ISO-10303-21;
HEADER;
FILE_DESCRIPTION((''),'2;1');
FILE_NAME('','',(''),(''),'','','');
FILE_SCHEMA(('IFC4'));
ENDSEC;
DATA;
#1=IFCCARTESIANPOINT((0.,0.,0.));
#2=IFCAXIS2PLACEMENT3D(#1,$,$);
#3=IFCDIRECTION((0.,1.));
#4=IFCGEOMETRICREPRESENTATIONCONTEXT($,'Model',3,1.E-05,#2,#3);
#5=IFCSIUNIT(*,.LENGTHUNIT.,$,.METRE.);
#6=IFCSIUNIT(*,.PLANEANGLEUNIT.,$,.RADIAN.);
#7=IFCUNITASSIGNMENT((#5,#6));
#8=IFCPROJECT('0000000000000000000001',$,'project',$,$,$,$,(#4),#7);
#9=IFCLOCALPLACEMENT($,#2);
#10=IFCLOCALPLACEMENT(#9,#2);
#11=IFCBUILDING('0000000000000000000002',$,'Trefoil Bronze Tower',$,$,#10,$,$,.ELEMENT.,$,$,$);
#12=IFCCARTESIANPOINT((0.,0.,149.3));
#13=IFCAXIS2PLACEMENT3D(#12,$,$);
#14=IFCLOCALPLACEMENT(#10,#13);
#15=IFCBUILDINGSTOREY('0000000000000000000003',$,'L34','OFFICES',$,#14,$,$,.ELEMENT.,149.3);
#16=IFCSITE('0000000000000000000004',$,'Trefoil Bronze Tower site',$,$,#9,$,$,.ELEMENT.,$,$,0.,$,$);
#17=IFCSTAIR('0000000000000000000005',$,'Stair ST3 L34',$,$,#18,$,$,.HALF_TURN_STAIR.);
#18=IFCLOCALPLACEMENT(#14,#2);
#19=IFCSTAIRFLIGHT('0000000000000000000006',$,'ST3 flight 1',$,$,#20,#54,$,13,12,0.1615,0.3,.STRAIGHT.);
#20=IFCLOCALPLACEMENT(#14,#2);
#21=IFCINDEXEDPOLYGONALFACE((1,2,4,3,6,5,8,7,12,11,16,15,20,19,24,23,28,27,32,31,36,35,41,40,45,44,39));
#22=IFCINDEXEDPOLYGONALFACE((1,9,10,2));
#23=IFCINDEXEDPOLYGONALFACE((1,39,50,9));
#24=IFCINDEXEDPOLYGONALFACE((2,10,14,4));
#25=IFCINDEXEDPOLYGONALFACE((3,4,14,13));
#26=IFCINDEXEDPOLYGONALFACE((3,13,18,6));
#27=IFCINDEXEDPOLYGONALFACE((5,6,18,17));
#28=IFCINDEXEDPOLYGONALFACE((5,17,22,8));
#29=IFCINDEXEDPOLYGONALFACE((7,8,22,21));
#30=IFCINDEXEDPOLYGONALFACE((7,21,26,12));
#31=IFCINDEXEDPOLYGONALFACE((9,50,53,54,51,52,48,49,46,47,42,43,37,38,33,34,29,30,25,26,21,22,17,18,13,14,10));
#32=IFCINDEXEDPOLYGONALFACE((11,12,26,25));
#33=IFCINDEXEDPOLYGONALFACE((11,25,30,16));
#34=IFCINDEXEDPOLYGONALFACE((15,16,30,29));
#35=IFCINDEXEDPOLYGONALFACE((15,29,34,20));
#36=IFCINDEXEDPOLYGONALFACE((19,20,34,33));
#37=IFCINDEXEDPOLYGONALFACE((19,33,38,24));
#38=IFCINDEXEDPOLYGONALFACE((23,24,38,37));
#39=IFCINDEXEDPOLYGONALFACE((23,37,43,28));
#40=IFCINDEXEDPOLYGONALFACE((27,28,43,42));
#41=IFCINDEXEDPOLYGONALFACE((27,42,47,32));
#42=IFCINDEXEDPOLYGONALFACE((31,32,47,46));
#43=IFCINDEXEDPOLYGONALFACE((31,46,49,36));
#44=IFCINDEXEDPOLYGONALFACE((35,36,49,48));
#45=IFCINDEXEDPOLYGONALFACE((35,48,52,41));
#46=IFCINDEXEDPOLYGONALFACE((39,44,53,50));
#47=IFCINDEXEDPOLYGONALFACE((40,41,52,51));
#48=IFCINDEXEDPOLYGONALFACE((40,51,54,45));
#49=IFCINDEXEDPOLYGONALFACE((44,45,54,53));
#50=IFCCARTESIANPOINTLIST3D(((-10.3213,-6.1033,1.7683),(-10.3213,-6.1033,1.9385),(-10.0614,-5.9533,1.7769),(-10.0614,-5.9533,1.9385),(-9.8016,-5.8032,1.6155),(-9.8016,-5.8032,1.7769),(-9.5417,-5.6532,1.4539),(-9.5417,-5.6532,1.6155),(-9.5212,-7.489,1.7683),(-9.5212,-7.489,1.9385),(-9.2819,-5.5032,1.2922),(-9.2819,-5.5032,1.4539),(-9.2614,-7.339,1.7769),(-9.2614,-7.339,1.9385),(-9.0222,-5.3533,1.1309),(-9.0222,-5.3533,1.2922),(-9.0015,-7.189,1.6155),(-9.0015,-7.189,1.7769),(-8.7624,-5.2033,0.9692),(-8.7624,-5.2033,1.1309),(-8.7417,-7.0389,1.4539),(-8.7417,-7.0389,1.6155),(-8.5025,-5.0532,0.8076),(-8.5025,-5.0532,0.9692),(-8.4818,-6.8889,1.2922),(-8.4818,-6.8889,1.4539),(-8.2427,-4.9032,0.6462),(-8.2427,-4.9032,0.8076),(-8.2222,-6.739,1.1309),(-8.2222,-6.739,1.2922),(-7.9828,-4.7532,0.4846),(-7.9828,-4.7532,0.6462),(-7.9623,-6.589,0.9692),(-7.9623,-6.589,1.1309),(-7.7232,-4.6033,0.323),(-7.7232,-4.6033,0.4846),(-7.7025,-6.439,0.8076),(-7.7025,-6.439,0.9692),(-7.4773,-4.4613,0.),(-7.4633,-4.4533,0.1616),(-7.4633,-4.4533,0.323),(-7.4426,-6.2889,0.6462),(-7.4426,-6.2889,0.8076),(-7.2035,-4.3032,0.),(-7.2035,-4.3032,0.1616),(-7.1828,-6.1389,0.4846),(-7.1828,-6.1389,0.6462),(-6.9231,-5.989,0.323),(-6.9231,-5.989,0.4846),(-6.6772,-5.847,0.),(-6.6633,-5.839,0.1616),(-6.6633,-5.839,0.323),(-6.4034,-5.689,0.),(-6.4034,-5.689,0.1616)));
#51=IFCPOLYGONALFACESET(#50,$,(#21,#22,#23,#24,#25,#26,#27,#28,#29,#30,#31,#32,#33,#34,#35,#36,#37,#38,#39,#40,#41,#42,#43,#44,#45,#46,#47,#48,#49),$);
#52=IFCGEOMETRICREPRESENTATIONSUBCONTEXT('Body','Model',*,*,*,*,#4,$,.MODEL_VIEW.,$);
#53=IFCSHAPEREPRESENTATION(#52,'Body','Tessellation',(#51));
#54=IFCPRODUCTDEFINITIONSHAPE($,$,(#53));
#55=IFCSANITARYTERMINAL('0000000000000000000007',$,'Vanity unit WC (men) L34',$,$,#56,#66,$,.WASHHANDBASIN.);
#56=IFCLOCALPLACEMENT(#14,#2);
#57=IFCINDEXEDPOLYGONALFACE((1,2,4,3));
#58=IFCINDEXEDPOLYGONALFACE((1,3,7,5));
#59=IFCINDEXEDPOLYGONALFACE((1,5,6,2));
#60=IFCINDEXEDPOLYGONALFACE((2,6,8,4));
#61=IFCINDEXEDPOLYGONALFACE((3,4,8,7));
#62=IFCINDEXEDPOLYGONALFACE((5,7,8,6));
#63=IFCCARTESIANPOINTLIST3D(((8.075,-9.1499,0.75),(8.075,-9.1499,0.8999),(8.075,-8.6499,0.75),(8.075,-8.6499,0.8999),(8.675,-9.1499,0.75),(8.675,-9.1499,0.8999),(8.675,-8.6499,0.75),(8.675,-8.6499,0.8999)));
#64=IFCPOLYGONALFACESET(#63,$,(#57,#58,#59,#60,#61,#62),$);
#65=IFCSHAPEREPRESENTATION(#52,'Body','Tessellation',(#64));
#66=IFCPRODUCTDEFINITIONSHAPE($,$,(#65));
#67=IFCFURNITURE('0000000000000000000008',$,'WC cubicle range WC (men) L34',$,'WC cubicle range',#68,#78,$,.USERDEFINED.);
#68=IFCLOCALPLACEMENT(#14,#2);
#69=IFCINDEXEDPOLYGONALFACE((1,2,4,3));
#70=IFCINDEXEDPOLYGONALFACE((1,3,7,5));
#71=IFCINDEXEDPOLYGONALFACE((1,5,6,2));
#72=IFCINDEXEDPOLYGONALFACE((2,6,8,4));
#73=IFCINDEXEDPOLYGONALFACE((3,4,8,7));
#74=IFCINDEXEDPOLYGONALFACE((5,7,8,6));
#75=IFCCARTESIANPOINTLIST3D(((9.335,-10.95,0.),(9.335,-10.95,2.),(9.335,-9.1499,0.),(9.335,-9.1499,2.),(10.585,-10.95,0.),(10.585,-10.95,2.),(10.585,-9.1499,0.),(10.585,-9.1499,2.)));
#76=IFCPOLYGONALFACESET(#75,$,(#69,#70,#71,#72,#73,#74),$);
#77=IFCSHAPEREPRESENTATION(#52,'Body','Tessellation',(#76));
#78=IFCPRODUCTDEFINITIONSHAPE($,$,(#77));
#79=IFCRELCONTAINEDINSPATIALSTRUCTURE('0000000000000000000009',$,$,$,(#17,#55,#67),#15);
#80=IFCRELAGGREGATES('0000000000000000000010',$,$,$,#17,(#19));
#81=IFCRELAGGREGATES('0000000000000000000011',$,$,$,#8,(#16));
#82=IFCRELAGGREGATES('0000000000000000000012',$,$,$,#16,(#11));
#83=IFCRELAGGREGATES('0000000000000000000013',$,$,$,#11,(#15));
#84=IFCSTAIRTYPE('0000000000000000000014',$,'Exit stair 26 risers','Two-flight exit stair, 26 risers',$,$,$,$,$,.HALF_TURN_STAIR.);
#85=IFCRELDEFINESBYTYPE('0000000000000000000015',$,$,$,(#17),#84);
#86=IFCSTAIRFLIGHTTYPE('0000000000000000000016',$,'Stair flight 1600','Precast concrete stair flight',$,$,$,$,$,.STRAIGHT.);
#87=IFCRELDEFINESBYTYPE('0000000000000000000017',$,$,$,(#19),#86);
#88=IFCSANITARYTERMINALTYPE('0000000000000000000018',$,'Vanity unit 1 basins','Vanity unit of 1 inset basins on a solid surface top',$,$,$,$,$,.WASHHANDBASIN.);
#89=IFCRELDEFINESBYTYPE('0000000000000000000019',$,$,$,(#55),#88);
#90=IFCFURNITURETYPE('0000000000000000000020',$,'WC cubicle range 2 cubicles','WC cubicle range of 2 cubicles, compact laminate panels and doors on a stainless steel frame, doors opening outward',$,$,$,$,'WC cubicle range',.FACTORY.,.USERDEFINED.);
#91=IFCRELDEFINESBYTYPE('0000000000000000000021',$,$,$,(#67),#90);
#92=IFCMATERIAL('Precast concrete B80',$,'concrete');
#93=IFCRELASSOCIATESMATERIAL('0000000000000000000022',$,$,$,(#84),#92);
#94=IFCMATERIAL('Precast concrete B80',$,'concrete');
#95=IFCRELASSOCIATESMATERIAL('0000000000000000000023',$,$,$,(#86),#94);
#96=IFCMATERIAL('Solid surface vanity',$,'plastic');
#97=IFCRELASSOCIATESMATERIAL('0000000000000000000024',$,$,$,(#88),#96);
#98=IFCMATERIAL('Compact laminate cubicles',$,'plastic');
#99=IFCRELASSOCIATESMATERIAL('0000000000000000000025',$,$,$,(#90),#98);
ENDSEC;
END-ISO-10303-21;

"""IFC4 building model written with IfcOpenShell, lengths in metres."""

from ifc_helpers import new_model, si_unit, direction, frame, origin, place, context, subcontext, project, spatial, polyline, outline, extrude, material, type_object, element, aggregate, save


model = new_model("IFC4")

# Units and contexts
model_context = context("Model", 3, precision=1e-05, world=origin(), true_north=direction((0.0, 1.0)))
body_context = subcontext(model_context, "Body", "Model", "MODEL_VIEW")
ifc_project = project(units=[si_unit("LENGTHUNIT", "METRE"), si_unit("PLANEANGLEUNIT", "RADIAN")], contexts=[model_context])

# Site, building, storey
site_placement = place(None, origin())
site = spatial("IfcSite", under=ifc_project, at=site_placement, Name="Trefoil Bronze Tower site", CompositionType="ELEMENT", RefElevation=0.0)
building_placement = place(site_placement, origin())
building = spatial("IfcBuilding", under=site, at=building_placement, Name="Trefoil Bronze Tower", CompositionType="ELEMENT")
storey_placement = place(building_placement, frame((0.0, 0.0, 149.3)))
storey = spatial("IfcBuildingStorey", under=building, at=storey_placement, Name="L34", Description="OFFICES", CompositionType="ELEMENT", Elevation=149.3)

# Stair, stair flight
ifc_material_1 = material(Name="Precast concrete B80", Category="concrete")
stair_type = type_object("IfcStairType", Name="Exit stair 26 risers", Description="Two-flight exit stair, 26 risers", PredefinedType="HALF_TURN_STAIR", material=ifc_material_1)
stair_placement = place(storey_placement, origin())
stair = element("IfcStair", 1, at=stair_placement, inside=storey, type_object=stair_type, Name="Stair ST3 L34", PredefinedType="HALF_TURN_STAIR")
ifc_material_2 = material(Name="Precast concrete B80", Category="concrete")
stair_flight_type = type_object("IfcStairFlightType", Name="Stair flight 1600", Description="Precast concrete stair flight", PredefinedType="STRAIGHT", material=ifc_material_2)
stair_flight_placement = place(storey_placement, frame((-6.8035, -4.9961, 0.0), z_axis=(0.0, 0.0, 1.0), x_axis=(-0.866025, -0.5, 0.0)))
stair_flight = element("IfcStairFlight", 2, at=stair_flight_placement, type_object=stair_flight_type, Name="ST3 flight 1", NumberOfRisers=13, NumberOfTreads=12, PredefinedType="STRAIGHT", RiserHeight=0.1615, TreadLength=0.3, context=body_context, shape_type="SweptSolid", body=[
    extrude(outline(polyline([(0.0, 0.0), (0.0, 0.1616), (0.3, 0.1616), (0.3, 0.323), (0.6001, 0.323), (0.6001, 0.4846), (0.8999, 0.4846), (0.8999, 0.6462), (1.2, 0.6462), (1.2, 0.8076), (1.5, 0.8076), (1.5, 0.9692), (1.8, 0.9692), (1.8, 1.1309), (2.1001, 1.1309), (2.1001, 1.2922), (2.3999, 1.2922), (2.3999, 1.4539), (2.7, 1.4539), (2.7, 1.6155), (3.0, 1.6155), (3.0, 1.7769), (3.3, 1.7769), (3.3, 1.9385), (3.6001, 1.9385), (3.6001, 2.1001), (3.6001, 1.7683), (0.3162, 0.0), (0.0, 0.0)])), frame((0.0, 0.8, 0.0), z_axis=(0.0, -1.0, 0.0), x_axis=(1.0, 0.0, 0.0)), (0.0, 0.0, 1.0), 1.6001),
])
aggregate(stair, [stair_flight])

# Sanitary terminal
ifc_material_3 = material(Name="Solid surface vanity", Category="plastic")
sanitary_terminal_type = type_object("IfcSanitaryTerminalType", Name="Vanity unit 1 basins", Description="Vanity unit of 1 inset basins on a solid surface top", PredefinedType="WASHHANDBASIN", material=ifc_material_3)
sanitary_terminal_placement = place(storey_placement, frame((0.0, 0.0, 0.75)))
element("IfcSanitaryTerminal", 3, at=sanitary_terminal_placement, inside=storey, type_object=sanitary_terminal_type, Name="Vanity unit WC (men) L34", PredefinedType="WASHHANDBASIN", context=body_context, shape_type="SweptSolid", body=[
    extrude(outline(polyline([(8.075, -8.6499), (8.675, -8.6499), (8.675, -9.1499), (8.075, -9.1499), (8.075, -8.6499)])), origin(), (0.0, 0.0, 1.0), 0.1499),
])

# Furniture
ifc_material_4 = material(Name="Compact laminate cubicles", Category="plastic")
furniture_type = type_object("IfcFurnitureType", Name="WC cubicle range 2 cubicles", Description="WC cubicle range of 2 cubicles, compact laminate panels and doors on a stainless steel frame, doors opening outward", ElementType="WC cubicle range", AssemblyPlace="FACTORY", PredefinedType="USERDEFINED", material=ifc_material_4)
furniture_placement = place(storey_placement, origin())
element("IfcFurniture", 4, at=furniture_placement, inside=storey, type_object=furniture_type, Name="WC cubicle range WC (men) L34", ObjectType="WC cubicle range", PredefinedType="USERDEFINED", context=body_context, shape_type="SweptSolid", body=[
    extrude(outline(polyline([(9.335, -9.1499), (10.585, -9.1499), (10.585, -10.95), (9.335, -10.95), (9.335, -9.1499)])), origin(), (0.0, 0.0, 1.0), 2.0),
])

save(model, "model.ifc")
